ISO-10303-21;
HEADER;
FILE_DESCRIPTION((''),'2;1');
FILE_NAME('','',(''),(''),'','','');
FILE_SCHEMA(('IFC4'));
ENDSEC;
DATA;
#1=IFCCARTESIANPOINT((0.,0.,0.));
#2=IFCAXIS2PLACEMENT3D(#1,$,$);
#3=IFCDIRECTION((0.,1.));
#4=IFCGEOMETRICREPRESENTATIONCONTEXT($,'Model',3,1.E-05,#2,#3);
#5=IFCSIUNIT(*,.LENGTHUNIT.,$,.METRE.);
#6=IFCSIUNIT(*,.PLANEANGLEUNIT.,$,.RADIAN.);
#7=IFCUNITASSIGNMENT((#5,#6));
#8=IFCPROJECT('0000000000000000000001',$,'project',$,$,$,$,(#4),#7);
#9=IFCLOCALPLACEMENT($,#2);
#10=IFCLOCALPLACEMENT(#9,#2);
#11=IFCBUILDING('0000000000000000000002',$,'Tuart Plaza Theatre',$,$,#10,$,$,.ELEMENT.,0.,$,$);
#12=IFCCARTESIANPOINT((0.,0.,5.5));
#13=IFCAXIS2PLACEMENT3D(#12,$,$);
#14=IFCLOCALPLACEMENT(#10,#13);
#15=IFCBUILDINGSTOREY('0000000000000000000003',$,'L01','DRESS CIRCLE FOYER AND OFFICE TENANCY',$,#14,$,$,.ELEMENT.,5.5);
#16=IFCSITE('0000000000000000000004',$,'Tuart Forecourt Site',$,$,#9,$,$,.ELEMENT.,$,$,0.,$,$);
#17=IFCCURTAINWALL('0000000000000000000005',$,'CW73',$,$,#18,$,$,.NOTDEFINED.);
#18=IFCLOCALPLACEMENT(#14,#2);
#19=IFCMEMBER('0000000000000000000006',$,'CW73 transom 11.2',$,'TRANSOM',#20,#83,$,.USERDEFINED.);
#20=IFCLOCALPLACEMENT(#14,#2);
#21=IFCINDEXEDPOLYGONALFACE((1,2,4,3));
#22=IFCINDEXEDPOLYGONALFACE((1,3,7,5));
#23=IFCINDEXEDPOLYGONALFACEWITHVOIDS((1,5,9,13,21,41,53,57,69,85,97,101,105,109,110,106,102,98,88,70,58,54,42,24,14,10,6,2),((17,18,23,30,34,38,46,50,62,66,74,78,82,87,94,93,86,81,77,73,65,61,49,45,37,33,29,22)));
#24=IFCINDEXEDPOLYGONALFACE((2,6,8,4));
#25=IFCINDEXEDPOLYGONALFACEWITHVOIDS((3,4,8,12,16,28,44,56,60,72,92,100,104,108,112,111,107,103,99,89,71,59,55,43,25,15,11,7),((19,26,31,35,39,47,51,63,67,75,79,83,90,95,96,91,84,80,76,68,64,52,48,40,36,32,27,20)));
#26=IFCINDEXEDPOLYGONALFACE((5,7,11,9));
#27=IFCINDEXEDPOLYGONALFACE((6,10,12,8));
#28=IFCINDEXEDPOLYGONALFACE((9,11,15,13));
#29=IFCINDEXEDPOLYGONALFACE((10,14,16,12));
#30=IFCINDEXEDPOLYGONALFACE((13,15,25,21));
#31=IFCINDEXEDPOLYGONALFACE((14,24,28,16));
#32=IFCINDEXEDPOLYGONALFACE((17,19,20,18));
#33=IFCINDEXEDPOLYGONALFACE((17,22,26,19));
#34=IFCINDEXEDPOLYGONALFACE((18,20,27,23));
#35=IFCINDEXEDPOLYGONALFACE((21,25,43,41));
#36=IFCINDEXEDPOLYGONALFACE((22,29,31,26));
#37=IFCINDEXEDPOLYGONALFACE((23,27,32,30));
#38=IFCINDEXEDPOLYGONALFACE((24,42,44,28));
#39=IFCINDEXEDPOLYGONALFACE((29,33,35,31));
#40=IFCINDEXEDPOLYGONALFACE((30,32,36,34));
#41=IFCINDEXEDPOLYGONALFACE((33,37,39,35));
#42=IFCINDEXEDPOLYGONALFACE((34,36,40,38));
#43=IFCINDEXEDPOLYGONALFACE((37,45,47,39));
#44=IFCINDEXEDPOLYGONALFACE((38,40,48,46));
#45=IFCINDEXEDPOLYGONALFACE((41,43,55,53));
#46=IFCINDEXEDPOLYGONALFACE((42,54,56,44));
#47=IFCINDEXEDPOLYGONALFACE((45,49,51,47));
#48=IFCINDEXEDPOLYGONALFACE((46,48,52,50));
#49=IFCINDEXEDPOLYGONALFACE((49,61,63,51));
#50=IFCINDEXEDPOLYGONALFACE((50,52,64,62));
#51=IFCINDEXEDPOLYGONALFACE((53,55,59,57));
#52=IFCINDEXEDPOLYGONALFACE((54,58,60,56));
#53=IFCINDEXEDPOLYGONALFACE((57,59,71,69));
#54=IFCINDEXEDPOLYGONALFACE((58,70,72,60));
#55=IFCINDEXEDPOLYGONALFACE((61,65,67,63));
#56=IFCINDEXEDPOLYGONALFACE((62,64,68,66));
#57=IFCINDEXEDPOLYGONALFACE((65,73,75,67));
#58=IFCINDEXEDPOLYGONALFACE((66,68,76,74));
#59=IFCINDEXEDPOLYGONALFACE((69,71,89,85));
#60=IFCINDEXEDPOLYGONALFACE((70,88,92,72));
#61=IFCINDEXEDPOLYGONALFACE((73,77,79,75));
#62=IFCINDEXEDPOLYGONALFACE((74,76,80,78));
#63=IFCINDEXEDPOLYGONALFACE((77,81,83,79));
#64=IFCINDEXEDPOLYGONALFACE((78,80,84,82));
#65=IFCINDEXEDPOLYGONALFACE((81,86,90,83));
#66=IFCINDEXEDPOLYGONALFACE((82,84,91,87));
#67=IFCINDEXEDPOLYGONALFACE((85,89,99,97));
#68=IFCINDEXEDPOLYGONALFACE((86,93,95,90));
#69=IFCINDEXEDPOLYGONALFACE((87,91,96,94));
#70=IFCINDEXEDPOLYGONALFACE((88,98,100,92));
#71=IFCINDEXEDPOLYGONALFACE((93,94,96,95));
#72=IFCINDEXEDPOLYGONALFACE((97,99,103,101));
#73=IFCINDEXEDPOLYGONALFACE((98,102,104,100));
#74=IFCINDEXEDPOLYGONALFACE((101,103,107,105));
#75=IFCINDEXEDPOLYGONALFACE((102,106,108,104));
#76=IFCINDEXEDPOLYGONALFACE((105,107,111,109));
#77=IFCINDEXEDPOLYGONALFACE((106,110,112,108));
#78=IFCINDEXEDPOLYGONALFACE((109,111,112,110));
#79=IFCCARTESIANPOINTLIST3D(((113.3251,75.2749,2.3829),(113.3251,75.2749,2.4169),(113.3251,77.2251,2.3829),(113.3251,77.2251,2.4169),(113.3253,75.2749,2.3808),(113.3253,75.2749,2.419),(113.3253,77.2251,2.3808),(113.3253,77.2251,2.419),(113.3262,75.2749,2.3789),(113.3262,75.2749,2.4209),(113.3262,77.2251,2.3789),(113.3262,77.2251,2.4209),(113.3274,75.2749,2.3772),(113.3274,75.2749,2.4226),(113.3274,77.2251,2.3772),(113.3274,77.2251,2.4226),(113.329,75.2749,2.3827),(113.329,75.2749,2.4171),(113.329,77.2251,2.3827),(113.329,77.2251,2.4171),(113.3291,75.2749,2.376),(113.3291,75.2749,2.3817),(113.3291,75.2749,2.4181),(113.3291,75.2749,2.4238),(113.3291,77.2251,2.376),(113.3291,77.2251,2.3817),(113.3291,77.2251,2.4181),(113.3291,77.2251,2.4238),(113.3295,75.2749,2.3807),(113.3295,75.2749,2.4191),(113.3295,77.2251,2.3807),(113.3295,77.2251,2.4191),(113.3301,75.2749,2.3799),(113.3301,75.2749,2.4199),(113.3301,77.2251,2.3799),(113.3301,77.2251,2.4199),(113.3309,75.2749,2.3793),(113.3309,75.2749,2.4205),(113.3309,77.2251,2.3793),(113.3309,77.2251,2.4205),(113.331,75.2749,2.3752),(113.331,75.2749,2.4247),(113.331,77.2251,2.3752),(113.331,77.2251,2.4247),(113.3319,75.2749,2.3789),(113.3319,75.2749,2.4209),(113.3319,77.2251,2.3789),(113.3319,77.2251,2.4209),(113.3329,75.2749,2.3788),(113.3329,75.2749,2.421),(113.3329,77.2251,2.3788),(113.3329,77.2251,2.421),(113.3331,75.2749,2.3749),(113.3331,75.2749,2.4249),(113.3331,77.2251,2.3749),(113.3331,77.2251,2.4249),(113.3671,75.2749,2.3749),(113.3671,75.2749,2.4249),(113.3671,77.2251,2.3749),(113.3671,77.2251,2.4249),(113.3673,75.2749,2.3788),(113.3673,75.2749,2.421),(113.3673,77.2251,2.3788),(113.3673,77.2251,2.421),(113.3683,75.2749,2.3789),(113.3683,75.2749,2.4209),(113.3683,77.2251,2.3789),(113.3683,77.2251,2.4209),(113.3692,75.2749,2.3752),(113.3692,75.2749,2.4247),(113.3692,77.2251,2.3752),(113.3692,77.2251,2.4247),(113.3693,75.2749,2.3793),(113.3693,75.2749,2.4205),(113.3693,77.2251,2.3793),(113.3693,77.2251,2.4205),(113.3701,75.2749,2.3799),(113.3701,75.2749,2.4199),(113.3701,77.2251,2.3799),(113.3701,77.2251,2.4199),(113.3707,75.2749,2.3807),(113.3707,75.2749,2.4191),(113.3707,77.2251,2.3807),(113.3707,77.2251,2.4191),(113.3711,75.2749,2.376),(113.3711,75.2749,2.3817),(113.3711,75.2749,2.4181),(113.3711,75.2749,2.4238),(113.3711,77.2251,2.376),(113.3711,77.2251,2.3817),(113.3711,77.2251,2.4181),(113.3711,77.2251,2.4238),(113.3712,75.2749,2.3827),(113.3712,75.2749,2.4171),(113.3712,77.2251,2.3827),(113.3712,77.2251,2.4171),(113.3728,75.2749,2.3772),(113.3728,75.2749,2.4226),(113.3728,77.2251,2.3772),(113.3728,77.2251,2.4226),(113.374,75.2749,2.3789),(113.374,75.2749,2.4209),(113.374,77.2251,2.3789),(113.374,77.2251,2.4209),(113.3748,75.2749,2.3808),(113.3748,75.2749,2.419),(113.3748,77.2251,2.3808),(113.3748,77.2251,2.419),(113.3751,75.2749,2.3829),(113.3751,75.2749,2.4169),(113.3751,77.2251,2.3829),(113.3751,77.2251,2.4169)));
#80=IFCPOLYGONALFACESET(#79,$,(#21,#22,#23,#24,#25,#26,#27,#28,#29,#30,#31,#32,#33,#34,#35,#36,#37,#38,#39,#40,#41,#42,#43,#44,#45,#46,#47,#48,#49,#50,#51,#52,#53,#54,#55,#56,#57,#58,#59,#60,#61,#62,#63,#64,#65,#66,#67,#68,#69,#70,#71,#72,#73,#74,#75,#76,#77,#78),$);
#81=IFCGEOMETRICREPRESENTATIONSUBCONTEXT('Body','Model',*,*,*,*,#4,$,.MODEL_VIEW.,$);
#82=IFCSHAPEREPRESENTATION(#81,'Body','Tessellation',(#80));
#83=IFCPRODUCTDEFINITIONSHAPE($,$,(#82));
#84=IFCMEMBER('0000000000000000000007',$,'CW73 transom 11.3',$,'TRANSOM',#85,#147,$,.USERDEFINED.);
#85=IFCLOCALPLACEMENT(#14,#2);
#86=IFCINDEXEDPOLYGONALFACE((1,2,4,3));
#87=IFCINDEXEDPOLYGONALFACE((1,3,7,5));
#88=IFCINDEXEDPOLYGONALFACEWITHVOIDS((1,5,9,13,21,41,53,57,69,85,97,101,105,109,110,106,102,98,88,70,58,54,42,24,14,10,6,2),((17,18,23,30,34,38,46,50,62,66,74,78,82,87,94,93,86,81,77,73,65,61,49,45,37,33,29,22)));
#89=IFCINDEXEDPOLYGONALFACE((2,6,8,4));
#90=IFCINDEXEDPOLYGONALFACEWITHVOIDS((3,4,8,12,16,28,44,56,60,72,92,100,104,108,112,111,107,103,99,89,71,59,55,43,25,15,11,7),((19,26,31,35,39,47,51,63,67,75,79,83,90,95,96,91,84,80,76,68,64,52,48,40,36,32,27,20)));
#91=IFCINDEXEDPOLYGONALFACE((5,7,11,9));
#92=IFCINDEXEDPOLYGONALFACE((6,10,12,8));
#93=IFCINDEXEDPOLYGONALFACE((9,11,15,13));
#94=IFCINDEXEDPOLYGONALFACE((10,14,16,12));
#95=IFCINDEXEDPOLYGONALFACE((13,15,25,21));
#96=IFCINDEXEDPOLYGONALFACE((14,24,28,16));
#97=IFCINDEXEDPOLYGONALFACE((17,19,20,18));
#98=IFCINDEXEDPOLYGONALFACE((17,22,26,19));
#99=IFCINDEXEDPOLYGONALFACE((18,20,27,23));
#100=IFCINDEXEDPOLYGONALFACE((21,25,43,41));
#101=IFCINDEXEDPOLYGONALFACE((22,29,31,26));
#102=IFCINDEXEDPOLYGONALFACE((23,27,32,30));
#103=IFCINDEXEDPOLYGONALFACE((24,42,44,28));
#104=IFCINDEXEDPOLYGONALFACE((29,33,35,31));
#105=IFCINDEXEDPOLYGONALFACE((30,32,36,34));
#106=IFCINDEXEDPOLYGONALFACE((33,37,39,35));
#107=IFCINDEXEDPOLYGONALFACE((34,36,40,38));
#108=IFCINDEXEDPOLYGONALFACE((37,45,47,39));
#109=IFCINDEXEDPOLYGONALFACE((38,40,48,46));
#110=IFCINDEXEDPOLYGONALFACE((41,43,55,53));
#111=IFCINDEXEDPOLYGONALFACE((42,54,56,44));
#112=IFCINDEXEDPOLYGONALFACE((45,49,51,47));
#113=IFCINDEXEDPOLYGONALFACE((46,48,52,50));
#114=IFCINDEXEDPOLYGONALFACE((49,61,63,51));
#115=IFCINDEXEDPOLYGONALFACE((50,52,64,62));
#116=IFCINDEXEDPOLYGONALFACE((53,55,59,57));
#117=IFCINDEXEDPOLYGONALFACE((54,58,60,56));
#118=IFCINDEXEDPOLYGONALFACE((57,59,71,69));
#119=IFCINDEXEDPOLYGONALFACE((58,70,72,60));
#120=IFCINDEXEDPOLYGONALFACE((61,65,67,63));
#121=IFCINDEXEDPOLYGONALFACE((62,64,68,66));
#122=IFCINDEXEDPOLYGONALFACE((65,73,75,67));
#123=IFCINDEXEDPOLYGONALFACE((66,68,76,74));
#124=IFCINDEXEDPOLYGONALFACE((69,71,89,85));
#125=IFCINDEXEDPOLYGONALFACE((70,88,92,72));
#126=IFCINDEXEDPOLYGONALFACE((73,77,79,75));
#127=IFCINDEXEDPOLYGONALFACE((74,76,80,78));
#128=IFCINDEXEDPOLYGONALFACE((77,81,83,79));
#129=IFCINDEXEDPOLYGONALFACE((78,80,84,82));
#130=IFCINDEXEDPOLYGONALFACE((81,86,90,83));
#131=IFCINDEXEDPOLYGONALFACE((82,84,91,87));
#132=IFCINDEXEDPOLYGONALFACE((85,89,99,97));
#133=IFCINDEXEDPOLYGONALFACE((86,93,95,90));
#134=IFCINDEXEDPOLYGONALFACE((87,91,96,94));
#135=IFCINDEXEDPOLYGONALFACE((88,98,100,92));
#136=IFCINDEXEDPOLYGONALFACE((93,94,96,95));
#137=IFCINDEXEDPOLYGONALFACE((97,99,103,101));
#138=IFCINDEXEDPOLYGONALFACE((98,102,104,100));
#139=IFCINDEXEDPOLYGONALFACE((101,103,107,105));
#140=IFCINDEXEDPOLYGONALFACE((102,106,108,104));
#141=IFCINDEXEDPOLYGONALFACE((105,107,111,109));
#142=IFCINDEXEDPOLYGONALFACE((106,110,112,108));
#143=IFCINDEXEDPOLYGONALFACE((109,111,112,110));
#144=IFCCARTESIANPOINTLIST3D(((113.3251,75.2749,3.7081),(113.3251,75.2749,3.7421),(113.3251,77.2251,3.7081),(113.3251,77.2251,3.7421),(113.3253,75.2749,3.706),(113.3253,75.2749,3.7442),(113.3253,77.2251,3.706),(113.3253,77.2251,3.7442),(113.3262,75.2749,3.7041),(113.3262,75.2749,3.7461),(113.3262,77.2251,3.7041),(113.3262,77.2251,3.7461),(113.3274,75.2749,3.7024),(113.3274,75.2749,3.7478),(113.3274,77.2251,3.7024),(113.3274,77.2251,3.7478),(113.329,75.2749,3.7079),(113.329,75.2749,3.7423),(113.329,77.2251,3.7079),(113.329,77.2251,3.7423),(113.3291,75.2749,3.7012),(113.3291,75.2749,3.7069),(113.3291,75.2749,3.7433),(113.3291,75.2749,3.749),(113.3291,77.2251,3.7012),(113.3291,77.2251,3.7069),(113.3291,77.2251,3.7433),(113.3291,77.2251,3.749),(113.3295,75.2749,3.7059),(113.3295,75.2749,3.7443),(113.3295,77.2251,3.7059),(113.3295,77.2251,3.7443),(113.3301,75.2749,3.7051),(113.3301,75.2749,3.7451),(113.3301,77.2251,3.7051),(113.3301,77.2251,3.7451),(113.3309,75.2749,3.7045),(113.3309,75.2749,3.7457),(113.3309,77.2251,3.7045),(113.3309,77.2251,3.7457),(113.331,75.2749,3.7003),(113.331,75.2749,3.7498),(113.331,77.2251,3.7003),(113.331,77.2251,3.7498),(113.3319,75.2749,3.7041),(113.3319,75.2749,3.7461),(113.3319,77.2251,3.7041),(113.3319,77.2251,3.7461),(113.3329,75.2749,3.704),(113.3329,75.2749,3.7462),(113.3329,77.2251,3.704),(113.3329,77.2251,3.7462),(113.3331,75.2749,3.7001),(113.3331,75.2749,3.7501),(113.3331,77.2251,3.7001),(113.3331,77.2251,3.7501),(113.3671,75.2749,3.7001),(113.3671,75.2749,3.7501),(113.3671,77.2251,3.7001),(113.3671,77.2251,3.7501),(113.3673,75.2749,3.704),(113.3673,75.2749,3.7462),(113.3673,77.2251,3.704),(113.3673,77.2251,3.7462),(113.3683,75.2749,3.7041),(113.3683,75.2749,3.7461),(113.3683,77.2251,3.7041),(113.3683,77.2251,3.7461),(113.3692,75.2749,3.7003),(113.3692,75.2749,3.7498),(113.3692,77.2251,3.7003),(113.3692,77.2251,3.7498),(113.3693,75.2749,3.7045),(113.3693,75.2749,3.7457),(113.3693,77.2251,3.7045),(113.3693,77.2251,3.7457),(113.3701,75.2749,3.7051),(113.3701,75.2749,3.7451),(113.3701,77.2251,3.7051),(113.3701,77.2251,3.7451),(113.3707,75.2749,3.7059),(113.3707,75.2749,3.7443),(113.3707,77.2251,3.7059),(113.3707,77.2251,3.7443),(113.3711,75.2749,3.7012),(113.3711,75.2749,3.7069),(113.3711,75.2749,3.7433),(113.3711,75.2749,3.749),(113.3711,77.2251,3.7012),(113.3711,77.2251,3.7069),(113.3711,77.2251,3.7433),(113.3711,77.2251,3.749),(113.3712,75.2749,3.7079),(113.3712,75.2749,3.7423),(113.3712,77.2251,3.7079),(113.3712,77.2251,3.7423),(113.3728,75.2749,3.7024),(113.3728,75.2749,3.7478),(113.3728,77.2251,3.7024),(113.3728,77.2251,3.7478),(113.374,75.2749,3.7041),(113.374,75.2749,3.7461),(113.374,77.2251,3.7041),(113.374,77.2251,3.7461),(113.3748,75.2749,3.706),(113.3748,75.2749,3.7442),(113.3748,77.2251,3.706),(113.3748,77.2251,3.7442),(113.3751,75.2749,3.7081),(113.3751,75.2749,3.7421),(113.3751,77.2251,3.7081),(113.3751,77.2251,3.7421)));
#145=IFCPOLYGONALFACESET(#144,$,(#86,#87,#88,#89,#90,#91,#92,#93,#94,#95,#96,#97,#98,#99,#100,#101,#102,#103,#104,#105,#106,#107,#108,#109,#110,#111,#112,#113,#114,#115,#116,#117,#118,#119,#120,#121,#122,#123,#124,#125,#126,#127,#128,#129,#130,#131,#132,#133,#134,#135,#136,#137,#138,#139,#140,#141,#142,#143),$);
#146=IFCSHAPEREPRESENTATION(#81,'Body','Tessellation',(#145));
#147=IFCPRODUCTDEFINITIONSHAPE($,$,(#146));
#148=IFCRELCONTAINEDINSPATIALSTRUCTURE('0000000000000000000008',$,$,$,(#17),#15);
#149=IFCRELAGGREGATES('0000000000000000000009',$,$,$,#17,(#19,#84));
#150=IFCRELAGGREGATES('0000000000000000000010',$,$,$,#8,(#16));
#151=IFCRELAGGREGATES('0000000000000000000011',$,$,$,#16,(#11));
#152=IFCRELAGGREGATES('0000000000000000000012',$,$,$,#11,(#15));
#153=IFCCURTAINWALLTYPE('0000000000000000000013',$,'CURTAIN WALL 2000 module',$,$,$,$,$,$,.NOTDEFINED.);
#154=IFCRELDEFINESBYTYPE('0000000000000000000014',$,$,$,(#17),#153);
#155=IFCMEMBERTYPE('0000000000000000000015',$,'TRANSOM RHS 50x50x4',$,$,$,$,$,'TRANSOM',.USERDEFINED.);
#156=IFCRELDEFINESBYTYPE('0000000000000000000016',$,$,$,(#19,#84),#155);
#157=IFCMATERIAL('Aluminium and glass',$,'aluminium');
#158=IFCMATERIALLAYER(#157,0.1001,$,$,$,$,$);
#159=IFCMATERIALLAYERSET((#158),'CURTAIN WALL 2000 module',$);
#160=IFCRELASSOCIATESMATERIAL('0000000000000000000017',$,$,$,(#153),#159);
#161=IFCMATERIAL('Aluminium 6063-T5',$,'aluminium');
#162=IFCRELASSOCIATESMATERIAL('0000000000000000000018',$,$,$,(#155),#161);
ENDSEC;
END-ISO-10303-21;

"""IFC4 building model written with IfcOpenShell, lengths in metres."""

from ifc_helpers import new_model, si_unit, direction, frame, origin, origin_2d, place, context, subcontext, project, spatial, hollow_rectangle, extrude, material, layer, layer_set, material_profile, profile_set, type_object, element, aggregate, save


model = new_model("IFC4")

# Units and contexts
model_context = context("Model", 3, precision=1e-05, world=origin(), true_north=direction((0.0, 1.0)))
body_context = subcontext(model_context, "Body", "Model", "MODEL_VIEW")
ifc_project = project(units=[si_unit("LENGTHUNIT", "METRE"), si_unit("PLANEANGLEUNIT", "RADIAN")], contexts=[model_context])

# Site, building, storey
site_placement = place(None, origin())
site = spatial("IfcSite", under=ifc_project, at=site_placement, Name="Tuart Forecourt Site", CompositionType="ELEMENT", RefElevation=0.0)
building_placement = place(site_placement, origin())
building = spatial("IfcBuilding", under=site, at=building_placement, Name="Tuart Plaza Theatre", CompositionType="ELEMENT", ElevationOfRefHeight=0.0)
storey_placement = place(building_placement, frame((0.0, 0.0, 5.5)))
storey = spatial("IfcBuildingStorey", under=building, at=storey_placement, Name="L01", Description="DRESS CIRCLE FOYER AND OFFICE TENANCY", CompositionType="ELEMENT", Elevation=5.5)

# Curtain wall, members
ifc_material_1 = material(Name="Aluminium and glass", Category="aluminium")
ifc_layer_1 = layer(ifc_material_1, 0.1001)
ifc_layer_set_1 = layer_set([ifc_layer_1], Name="CURTAIN WALL 2000 module")
curtain_wall_type = type_object("IfcCurtainWallType", Name="CURTAIN WALL 2000 module", PredefinedType="NOTDEFINED", material=ifc_layer_set_1)
curtain_wall_placement = place(storey_placement, origin())
curtain_wall = element("IfcCurtainWall", 1, at=curtain_wall_placement, inside=storey, type_object=curtain_wall_type, Name="CW73", PredefinedType="NOTDEFINED")
ifc_material_2 = material(Name="Aluminium 6063-T5", Category="aluminium")
ifc_material_profile_1 = material_profile(ifc_material_2, hollow_rectangle(XDim=0.05, YDim=0.05, WallThickness=0.0039, InnerFilletRadius=0.0039, OuterFilletRadius=0.0081, at=origin_2d()), Name="RHS 50x50x4")
ifc_profile_set_1 = profile_set([ifc_material_profile_1], Name="Aluminium 6063-T5")
member_type_1 = type_object("IfcMemberType", Name="TRANSOM RHS 50x50x4", ElementType="TRANSOM", PredefinedType="USERDEFINED", material=ifc_profile_set_1)
member_1_placement = place(storey_placement, frame((113.3501, 77.2251, 2.3999), z_axis=(0.0, -1.0, 0.0), x_axis=(1.0, 0.0, 0.0)))
member_1 = element("IfcMember", 2, at=member_1_placement, type_object=member_type_1, Name="CW73 transom 11.2", ObjectType="TRANSOM", PredefinedType="USERDEFINED", context=body_context, shape_type="SweptSolid", body=[
    extrude(hollow_rectangle(XDim=0.05, YDim=0.05, WallThickness=0.0039, InnerFilletRadius=0.0039, OuterFilletRadius=0.0081, at=origin_2d()), origin(), (0.0, 0.0, 1.0), 1.9502),
])
member_2_placement = place(storey_placement, frame((113.3501, 77.2251, 3.7251), z_axis=(0.0, -1.0, 0.0), x_axis=(1.0, 0.0, 0.0)))
member_2 = element("IfcMember", 3, at=member_2_placement, type_object=member_type_1, Name="CW73 transom 11.3", ObjectType="TRANSOM", PredefinedType="USERDEFINED", context=body_context, shape_type="SweptSolid", body=[
    extrude(hollow_rectangle(XDim=0.05, YDim=0.05, WallThickness=0.0039, InnerFilletRadius=0.0039, OuterFilletRadius=0.0081, at=origin_2d()), origin(), (0.0, 0.0, 1.0), 1.9502),
])
aggregate(curtain_wall, [member_1, member_2])

save(model, "model.ifc")
